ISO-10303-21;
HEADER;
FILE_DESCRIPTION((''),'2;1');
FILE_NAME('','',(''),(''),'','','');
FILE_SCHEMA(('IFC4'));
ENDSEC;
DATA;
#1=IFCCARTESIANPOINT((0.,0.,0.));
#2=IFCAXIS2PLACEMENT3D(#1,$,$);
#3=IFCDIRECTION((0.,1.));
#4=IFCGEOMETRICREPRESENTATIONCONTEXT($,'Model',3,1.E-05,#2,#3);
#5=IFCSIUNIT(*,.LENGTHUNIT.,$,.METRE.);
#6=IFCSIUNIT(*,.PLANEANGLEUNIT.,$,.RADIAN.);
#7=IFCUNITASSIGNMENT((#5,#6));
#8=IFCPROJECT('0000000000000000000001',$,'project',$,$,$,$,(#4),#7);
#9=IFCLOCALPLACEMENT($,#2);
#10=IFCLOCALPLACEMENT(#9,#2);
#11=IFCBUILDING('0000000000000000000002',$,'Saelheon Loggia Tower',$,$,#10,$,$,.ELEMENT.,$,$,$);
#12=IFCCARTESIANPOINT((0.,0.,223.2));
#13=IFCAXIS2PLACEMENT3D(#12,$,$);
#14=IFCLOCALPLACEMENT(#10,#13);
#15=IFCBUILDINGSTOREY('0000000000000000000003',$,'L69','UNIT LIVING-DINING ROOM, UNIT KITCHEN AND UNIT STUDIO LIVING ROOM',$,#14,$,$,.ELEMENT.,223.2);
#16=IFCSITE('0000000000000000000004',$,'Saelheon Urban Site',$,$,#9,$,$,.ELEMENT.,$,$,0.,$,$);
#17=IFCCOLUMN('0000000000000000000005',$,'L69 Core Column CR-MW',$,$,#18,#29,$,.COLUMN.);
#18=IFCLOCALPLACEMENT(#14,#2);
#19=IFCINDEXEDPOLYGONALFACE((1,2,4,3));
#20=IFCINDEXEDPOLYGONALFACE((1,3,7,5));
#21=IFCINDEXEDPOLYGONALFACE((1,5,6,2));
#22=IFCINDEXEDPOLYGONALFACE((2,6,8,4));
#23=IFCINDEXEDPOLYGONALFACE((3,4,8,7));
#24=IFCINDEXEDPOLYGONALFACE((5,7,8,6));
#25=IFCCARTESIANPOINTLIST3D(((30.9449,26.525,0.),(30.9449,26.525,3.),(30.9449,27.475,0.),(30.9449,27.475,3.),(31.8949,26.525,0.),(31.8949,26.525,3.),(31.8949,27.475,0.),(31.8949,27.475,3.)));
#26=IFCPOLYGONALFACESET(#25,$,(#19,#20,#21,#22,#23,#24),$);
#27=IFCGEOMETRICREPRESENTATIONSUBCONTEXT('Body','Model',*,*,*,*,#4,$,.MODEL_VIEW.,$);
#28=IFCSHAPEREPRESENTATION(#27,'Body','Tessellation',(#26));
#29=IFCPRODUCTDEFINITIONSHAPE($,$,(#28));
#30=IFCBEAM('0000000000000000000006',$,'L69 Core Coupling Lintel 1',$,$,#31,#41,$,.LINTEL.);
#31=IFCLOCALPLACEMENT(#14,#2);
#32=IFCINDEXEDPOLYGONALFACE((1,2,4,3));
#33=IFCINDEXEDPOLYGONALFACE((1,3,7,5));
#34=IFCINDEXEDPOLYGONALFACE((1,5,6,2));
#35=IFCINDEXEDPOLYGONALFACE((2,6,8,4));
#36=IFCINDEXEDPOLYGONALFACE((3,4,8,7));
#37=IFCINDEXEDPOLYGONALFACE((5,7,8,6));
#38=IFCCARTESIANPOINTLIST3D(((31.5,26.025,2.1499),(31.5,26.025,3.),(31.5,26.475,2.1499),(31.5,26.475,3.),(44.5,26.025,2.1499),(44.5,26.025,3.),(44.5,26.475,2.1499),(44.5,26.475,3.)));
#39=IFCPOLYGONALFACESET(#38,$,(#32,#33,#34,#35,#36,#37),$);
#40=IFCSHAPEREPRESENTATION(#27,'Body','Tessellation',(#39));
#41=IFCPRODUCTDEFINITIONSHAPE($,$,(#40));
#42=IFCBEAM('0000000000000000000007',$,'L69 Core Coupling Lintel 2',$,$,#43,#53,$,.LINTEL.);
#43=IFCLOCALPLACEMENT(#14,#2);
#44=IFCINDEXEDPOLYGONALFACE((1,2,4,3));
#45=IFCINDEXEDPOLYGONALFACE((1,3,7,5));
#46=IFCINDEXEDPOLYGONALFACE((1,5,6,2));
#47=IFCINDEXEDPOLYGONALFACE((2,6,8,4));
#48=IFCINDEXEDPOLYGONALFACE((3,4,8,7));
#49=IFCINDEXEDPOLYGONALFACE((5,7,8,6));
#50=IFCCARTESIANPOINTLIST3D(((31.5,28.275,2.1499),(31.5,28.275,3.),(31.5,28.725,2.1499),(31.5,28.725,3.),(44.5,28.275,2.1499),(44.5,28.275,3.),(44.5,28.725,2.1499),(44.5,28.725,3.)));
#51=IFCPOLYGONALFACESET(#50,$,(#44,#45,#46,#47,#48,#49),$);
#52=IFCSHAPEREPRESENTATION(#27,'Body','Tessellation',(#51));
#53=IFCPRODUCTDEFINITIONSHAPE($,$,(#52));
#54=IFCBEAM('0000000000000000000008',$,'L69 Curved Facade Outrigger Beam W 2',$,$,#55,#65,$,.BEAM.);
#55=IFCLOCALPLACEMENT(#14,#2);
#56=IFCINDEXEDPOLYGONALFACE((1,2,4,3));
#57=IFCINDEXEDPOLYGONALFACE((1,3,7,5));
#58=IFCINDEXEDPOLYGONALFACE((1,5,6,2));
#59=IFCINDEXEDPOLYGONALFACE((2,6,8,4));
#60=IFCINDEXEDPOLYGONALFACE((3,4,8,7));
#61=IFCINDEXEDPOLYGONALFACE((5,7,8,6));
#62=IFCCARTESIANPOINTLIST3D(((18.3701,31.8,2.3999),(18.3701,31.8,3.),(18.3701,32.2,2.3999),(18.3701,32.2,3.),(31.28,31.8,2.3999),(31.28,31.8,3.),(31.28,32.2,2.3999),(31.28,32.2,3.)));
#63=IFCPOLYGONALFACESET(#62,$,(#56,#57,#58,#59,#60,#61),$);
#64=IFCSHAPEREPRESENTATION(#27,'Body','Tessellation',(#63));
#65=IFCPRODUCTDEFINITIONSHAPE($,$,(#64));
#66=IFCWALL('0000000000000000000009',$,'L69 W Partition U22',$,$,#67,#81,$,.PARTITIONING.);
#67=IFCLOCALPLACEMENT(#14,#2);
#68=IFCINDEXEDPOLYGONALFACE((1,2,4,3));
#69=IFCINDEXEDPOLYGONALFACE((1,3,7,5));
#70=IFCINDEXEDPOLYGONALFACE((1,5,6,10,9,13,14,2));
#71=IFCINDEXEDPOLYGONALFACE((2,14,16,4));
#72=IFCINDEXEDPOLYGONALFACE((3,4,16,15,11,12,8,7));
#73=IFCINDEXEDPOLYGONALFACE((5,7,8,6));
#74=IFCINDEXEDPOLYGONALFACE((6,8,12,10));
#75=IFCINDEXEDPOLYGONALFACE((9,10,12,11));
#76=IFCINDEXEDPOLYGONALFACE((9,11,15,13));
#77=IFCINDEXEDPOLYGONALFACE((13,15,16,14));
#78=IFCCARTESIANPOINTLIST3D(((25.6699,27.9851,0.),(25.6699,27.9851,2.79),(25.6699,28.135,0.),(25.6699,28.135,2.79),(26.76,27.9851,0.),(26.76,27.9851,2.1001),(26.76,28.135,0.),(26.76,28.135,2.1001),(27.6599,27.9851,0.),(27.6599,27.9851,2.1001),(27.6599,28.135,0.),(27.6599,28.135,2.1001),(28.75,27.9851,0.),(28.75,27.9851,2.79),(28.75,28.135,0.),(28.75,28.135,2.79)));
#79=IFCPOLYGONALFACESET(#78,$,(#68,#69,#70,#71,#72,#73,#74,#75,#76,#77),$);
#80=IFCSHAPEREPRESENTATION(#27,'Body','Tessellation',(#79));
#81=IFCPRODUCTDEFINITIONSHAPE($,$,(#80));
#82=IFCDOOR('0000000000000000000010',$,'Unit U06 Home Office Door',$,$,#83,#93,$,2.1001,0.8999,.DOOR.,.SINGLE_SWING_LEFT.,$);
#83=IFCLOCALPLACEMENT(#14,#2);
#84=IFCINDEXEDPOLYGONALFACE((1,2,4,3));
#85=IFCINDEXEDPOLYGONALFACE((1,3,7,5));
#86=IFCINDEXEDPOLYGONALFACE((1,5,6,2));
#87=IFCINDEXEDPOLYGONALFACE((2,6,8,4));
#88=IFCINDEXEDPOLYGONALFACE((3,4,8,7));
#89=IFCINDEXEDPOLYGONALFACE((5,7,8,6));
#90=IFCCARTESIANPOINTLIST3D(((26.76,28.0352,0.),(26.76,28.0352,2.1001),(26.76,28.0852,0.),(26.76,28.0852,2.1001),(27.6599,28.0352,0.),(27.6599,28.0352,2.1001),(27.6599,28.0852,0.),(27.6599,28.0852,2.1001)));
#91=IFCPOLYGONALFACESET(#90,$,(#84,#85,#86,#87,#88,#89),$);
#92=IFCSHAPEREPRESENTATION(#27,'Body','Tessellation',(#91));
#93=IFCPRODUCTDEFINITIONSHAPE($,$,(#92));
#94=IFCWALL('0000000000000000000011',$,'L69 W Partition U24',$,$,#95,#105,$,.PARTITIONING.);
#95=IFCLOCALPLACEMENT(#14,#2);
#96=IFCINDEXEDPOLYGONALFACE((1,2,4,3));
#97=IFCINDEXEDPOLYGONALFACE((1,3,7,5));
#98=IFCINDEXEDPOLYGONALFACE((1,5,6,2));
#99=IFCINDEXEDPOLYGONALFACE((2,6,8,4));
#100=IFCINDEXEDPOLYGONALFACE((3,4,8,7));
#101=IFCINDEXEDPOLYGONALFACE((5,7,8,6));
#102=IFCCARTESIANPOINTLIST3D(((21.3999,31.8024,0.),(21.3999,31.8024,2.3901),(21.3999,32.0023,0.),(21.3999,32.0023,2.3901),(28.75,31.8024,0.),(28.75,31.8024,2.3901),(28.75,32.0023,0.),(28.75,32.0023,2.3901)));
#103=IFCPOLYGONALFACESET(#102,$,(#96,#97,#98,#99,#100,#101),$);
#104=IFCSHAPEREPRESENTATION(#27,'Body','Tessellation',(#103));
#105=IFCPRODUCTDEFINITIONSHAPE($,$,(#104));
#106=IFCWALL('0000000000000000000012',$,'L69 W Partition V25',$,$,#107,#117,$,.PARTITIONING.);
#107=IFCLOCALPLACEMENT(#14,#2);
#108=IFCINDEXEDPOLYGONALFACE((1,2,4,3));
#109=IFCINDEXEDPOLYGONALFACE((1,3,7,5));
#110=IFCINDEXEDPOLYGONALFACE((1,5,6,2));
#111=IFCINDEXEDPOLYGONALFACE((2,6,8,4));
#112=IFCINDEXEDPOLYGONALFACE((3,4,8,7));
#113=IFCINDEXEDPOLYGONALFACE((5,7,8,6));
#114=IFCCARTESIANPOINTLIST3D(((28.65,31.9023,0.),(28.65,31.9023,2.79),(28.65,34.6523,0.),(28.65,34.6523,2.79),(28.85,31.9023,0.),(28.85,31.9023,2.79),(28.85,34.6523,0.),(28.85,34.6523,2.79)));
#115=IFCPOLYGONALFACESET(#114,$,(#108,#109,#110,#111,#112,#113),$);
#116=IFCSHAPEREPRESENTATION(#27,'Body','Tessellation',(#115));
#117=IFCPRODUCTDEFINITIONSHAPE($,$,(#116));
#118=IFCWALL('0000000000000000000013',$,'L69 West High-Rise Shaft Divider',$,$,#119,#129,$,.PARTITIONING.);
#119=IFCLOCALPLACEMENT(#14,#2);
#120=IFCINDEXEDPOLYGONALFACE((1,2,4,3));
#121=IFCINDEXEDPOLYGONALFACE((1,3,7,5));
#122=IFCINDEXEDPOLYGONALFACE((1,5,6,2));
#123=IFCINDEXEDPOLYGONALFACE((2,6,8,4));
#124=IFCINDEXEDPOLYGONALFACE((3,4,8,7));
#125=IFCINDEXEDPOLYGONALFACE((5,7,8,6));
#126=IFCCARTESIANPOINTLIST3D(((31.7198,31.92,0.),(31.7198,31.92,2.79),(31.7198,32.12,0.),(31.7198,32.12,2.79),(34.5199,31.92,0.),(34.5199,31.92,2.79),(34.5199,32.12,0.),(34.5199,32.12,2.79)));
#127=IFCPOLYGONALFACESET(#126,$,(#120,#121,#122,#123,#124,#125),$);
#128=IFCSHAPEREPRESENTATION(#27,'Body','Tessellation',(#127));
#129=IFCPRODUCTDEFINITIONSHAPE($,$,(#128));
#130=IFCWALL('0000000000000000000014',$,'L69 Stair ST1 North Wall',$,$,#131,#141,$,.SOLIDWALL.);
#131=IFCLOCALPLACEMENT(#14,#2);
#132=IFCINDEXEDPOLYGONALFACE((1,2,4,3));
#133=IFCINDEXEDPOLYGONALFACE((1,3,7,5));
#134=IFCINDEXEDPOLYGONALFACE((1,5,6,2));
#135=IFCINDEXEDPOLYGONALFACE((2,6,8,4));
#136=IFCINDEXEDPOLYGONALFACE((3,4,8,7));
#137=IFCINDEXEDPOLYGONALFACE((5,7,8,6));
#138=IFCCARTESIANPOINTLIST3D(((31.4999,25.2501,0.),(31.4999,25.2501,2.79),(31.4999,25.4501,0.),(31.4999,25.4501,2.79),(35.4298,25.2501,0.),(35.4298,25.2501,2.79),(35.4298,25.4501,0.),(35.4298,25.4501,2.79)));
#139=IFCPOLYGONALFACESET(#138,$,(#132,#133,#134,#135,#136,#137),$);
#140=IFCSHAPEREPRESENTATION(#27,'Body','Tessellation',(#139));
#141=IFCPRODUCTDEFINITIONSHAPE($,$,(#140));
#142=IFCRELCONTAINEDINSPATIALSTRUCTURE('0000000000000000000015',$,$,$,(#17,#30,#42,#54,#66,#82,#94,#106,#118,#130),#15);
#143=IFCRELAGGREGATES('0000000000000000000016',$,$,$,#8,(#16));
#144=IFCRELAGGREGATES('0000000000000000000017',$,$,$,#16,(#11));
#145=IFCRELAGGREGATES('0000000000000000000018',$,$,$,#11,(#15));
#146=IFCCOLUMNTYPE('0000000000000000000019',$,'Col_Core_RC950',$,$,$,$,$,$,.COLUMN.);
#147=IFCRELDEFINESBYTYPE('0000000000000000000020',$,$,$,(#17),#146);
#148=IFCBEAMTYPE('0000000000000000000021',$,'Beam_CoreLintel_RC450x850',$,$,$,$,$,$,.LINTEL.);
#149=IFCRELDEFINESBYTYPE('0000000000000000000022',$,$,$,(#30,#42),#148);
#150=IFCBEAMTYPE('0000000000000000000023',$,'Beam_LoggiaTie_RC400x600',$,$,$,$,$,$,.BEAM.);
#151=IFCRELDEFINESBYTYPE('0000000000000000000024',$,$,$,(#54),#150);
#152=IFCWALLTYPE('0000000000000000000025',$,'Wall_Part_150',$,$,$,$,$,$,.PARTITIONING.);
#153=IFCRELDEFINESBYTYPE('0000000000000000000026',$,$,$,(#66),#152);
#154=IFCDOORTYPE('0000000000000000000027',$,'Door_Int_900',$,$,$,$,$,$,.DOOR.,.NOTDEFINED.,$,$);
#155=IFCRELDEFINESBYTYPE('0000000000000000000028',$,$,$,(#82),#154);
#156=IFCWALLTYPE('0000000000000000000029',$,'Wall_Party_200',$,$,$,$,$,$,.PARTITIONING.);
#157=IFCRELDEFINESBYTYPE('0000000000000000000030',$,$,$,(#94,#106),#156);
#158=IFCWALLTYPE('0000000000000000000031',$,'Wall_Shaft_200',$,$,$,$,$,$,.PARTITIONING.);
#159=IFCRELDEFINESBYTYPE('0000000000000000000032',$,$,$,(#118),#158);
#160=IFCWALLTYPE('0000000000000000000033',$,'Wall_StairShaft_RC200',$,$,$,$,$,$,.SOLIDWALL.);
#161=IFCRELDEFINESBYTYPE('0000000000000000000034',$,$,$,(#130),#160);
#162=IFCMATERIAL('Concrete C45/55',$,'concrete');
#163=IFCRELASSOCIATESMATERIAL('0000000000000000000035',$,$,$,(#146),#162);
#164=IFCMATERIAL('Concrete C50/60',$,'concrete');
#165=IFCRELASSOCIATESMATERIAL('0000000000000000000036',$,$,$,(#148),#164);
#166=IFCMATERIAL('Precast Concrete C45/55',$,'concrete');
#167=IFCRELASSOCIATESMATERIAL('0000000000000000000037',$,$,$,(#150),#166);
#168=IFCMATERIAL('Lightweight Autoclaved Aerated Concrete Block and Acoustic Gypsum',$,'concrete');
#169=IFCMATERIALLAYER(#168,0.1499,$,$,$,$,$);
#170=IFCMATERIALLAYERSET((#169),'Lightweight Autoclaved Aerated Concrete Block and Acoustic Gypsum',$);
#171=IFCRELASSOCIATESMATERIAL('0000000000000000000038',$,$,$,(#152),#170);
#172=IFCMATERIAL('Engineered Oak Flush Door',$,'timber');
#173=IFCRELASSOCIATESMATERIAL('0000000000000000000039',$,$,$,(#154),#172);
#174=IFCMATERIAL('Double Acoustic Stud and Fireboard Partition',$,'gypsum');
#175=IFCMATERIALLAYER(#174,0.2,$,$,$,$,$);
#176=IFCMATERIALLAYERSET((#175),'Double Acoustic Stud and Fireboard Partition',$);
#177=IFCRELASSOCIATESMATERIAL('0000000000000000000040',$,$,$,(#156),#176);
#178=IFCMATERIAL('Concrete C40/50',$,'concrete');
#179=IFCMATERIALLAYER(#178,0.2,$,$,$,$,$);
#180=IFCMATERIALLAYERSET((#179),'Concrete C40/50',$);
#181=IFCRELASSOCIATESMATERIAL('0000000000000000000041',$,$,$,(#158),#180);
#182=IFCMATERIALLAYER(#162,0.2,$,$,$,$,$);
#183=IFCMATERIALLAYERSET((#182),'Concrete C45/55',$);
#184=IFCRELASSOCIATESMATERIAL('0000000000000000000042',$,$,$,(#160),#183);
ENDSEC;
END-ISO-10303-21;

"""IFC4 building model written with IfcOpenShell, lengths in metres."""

from ifc_helpers import new_model, si_unit, direction, frame, frame_2d, origin, origin_2d, place, context, subcontext, project, spatial, rectangle, extrude, source, transform, mapped, material, layer, layer_set, material_profile, profile_set, type_object, element, fill, save


model = new_model("IFC4")

# Units and contexts
model_context = context("Model", 3, precision=1e-05, world=origin(), true_north=direction((0.0, 1.0)))
body_context = subcontext(model_context, "Body", "Model", "MODEL_VIEW")
ifc_project = project(units=[si_unit("LENGTHUNIT", "METRE"), si_unit("PLANEANGLEUNIT", "RADIAN")], contexts=[model_context])

# Site, building, storey
site_placement = place(None, origin())
site = spatial("IfcSite", under=ifc_project, at=site_placement, Name="Saelheon Urban Site", CompositionType="ELEMENT", RefElevation=0.0)
building_placement = place(site_placement, origin())
building = spatial("IfcBuilding", under=site, at=building_placement, Name="Saelheon Loggia Tower", CompositionType="ELEMENT")
storey_placement = place(building_placement, frame((0.0, 0.0, 223.2)))
storey = spatial("IfcBuildingStorey", under=building, at=storey_placement, Name="L69", Description="UNIT LIVING-DINING ROOM, UNIT KITCHEN AND UNIT STUDIO LIVING ROOM", CompositionType="ELEMENT", Elevation=223.2)

# Column
ifc_material_1 = material(Name="Concrete C45/55", Category="concrete")
ifc_material_profile_1 = material_profile(ifc_material_1, rectangle(XDim=0.95, YDim=0.95, at=origin_2d()), Name="RC-950x950")
ifc_profile_set_1 = profile_set([ifc_material_profile_1], Name="Concrete C45/55")
column_type = type_object("IfcColumnType", Name="Col_Core_RC950", PredefinedType="COLUMN", material=ifc_profile_set_1)
shared_shape_1 = source(origin(), body_context, "Body", "SweptSolid", [
    extrude(rectangle(XDim=0.95, YDim=0.95, at=origin_2d()), origin(), (0.0, 0.0, 1.0), 3.0),
])
column_placement = place(storey_placement, frame((31.4199, 27.0, 0.0), z_axis=(0.0, 0.0, 1.0), x_axis=(1.0, 0.0, 0.0)))
element("IfcColumn", 1, at=column_placement, inside=storey, type_object=column_type, Name="L69 Core Column CR-MW", PredefinedType="COLUMN", context=body_context, shape_type="MappedRepresentation", body=[
    mapped(shared_shape_1, transform((0.0, 0.0, 0.0), scale=1.0)),
])

# Beams
ifc_material_2 = material(Name="Concrete C50/60", Category="concrete")
ifc_material_profile_2 = material_profile(ifc_material_2, rectangle(XDim=0.45, YDim=0.8501, at=origin_2d()), Name="RC-450x850")
ifc_profile_set_2 = profile_set([ifc_material_profile_2], Name="Concrete C50/60")
beam_type_1 = type_object("IfcBeamType", Name="Beam_CoreLintel_RC450x850", PredefinedType="LINTEL", material=ifc_profile_set_2)
shared_shape_2 = source(origin(), body_context, "Body", "SweptSolid", [
    extrude(rectangle(XDim=0.45, YDim=0.8501, at=origin_2d()), origin(), (0.0, 0.0, 1.0), 13.0),
])
for number, where, z_axis, x_axis, name in (
    (2, (31.5, 26.25, 2.575), (1.0, 0.0, 0.0), (0.0, 1.0, 0.0), "L69 Core Coupling Lintel 1"),
    (3, (31.5, 28.5, 2.575), (1.0, 0.0, 0.0), (0.0, 1.0, 0.0), "L69 Core Coupling Lintel 2"),
):
    element("IfcBeam", number, at=place(storey_placement, frame(where, z_axis=z_axis, x_axis=x_axis)), inside=storey, type_object=beam_type_1, Name=name, PredefinedType="LINTEL", context=body_context, shape_type="MappedRepresentation", body=[
        mapped(shared_shape_2, transform((0.0, 0.0, 0.0), scale=1.0)),
    ])
ifc_material_3 = material(Name="Precast Concrete C45/55", Category="concrete")
ifc_material_profile_3 = material_profile(ifc_material_3, rectangle(XDim=0.3999, YDim=0.6001, at=origin_2d()), Name="RC-400x600")
ifc_profile_set_3 = profile_set([ifc_material_profile_3], Name="Precast Concrete C45/55")
beam_type_2 = type_object("IfcBeamType", Name="Beam_LoggiaTie_RC400x600", PredefinedType="BEAM", material=ifc_profile_set_3)
shared_shape_3 = source(origin(), body_context, "Body", "SweptSolid", [
    extrude(rectangle(XDim=0.3999, YDim=0.6001, at=origin_2d()), origin(), (0.0, 0.0, 1.0), 12.9099),
])
beam_placement = place(storey_placement, frame((31.28, 32.0, 2.7), z_axis=(-1.0, 0.0, 0.0), x_axis=(0.0, -1.0, 0.0)))
element("IfcBeam", 4, at=beam_placement, inside=storey, type_object=beam_type_2, Name="L69 Curved Facade Outrigger Beam W 2", PredefinedType="BEAM", context=body_context, shape_type="MappedRepresentation", body=[
    mapped(shared_shape_3, transform((0.0, 0.0, 0.0), scale=1.0)),
])

# Wall, opening, door
ifc_material_4 = material(Name="Lightweight Autoclaved Aerated Concrete Block and Acoustic Gypsum", Category="concrete")
ifc_layer_1 = layer(ifc_material_4, 0.1499)
ifc_layer_set_1 = layer_set([ifc_layer_1], Name="Lightweight Autoclaved Aerated Concrete Block and Acoustic Gypsum")
wall_type_1 = type_object("IfcWallType", Name="Wall_Part_150", PredefinedType="PARTITIONING", material=ifc_layer_set_1)
wall_1_placement = place(storey_placement, frame((28.75, 28.0601, 0.0), z_axis=(0.0, 0.0, 1.0), x_axis=(-1.0, 0.0, 0.0)))
wall_1 = element("IfcWall", 5, at=wall_1_placement, inside=storey, type_object=wall_type_1, Name="L69 W Partition U22", PredefinedType="PARTITIONING", context=body_context, shape_type="SweptSolid", body=[
    extrude(rectangle(XDim=3.0801, YDim=0.1499, at=frame_2d((1.54, 0.0))), origin(), (0.0, 0.0, 1.0), 2.79),
])
opening_1_placement = place(wall_1_placement, frame((1.0901, 0.0, 0.0)))
opening_1 = element("IfcOpeningElement", 6, at=opening_1_placement, cuts=wall_1, PredefinedType="OPENING", context=body_context, shape_type="SweptSolid", body=[
    extrude(rectangle(XDim=0.8999, YDim=2.1001, at=frame_2d((0.45, 1.05))), frame((0.0, 0.0869, 0.0), z_axis=(0.0, -1.0, 0.0), x_axis=(1.0, 0.0, 0.0)), (0.0, 0.0, 1.0), 0.1738),
])
ifc_material_5 = material(Name="Engineered Oak Flush Door", Category="timber")
door_type_1 = type_object("IfcDoorType", Name="Door_Int_900", OperationType="NOTDEFINED", PredefinedType="DOOR", material=ifc_material_5)
shared_shape_4 = source(origin(), body_context, "Body", "SweptSolid", [
    extrude(rectangle(XDim=0.8999, YDim=2.1001, at=frame_2d((0.45, 1.05))), frame((0.0, 0.0249, 0.0), z_axis=(0.0, -1.0, 0.0), x_axis=(1.0, 0.0, 0.0)), (0.0, 0.0, 1.0), 0.05),
])
door_1_placement = place(opening_1_placement, origin())
door_1 = element("IfcDoor", 7, at=door_1_placement, inside=storey, type_object=door_type_1, Name="Unit U06 Home Office Door", OperationType="SINGLE_SWING_LEFT", OverallHeight=2.1001, OverallWidth=0.8999, PredefinedType="DOOR", context=body_context, shape_type="MappedRepresentation", body=[
    mapped(shared_shape_4, transform((0.0, 0.0, 0.0), scale=1.0)),
])
fill(opening_1, door_1)

# Walls
ifc_material_6 = material(Name="Double Acoustic Stud and Fireboard Partition", Category="gypsum")
ifc_layer_2 = layer(ifc_material_6, 0.2)
ifc_layer_set_2 = layer_set([ifc_layer_2], Name="Double Acoustic Stud and Fireboard Partition")
wall_type_2 = type_object("IfcWallType", Name="Wall_Party_200", PredefinedType="PARTITIONING", material=ifc_layer_set_2)
wall_2_placement = place(storey_placement, frame((28.75, 31.9023, 0.0), z_axis=(0.0, 0.0, 1.0), x_axis=(-1.0, 0.0, 0.0)))
element("IfcWall", 8, at=wall_2_placement, inside=storey, type_object=wall_type_2, Name="L69 W Partition U24", PredefinedType="PARTITIONING", context=body_context, shape_type="SweptSolid", body=[
    extrude(rectangle(XDim=7.3501, YDim=0.2, at=frame_2d((3.675, 0.0))), origin(), (0.0, 0.0, 1.0), 2.3901),
])
wall_3_placement = place(storey_placement, frame((28.75, 31.9023, 0.0), z_axis=(0.0, 0.0, 1.0), x_axis=(0.0, 1.0, 0.0)))
element("IfcWall", 9, at=wall_3_placement, inside=storey, type_object=wall_type_2, Name="L69 W Partition V25", PredefinedType="PARTITIONING", context=body_context, shape_type="SweptSolid", body=[
    extrude(rectangle(XDim=2.75, YDim=0.2, at=frame_2d((1.375, 0.0))), origin(), (0.0, 0.0, 1.0), 2.79),
])

# Walls
ifc_material_7 = material(Name="Concrete C40/50", Category="concrete")
ifc_layer_3 = layer(ifc_material_7, 0.2)
ifc_layer_set_3 = layer_set([ifc_layer_3], Name="Concrete C40/50")
wall_type_3 = type_object("IfcWallType", Name="Wall_Shaft_200", PredefinedType="PARTITIONING", material=ifc_layer_set_3)
wall_4_placement = place(storey_placement, frame((31.72, 32.02, 0.0), z_axis=(0.0, 0.0, 1.0), x_axis=(1.0, 0.0, 0.0)))
element("IfcWall", 10, at=wall_4_placement, inside=storey, type_object=wall_type_3, Name="L69 West High-Rise Shaft Divider", PredefinedType="PARTITIONING", context=body_context, shape_type="SweptSolid", body=[
    extrude(rectangle(XDim=2.8, YDim=0.2, at=frame_2d((1.3999, 0.0))), origin(), (0.0, 0.0, 1.0), 2.79),
])
ifc_layer_4 = layer(ifc_material_1, 0.2)
ifc_layer_set_4 = layer_set([ifc_layer_4], Name="Concrete C45/55")
wall_type_4 = type_object("IfcWallType", Name="Wall_StairShaft_RC200", PredefinedType="SOLIDWALL", material=ifc_layer_set_4)
wall_5_placement = place(storey_placement, frame((31.5, 25.3501, 0.0), z_axis=(0.0, 0.0, 1.0), x_axis=(1.0, 0.0, 0.0)))
element("IfcWall", 11, at=wall_5_placement, inside=storey, type_object=wall_type_4, Name="L69 Stair ST1 North Wall", PredefinedType="SOLIDWALL", context=body_context, shape_type="SweptSolid", body=[
    extrude(rectangle(XDim=3.9299, YDim=0.2, at=frame_2d((1.9648, 0.0))), origin(), (0.0, 0.0, 1.0), 2.79),
])

save(model, "model.ifc")
